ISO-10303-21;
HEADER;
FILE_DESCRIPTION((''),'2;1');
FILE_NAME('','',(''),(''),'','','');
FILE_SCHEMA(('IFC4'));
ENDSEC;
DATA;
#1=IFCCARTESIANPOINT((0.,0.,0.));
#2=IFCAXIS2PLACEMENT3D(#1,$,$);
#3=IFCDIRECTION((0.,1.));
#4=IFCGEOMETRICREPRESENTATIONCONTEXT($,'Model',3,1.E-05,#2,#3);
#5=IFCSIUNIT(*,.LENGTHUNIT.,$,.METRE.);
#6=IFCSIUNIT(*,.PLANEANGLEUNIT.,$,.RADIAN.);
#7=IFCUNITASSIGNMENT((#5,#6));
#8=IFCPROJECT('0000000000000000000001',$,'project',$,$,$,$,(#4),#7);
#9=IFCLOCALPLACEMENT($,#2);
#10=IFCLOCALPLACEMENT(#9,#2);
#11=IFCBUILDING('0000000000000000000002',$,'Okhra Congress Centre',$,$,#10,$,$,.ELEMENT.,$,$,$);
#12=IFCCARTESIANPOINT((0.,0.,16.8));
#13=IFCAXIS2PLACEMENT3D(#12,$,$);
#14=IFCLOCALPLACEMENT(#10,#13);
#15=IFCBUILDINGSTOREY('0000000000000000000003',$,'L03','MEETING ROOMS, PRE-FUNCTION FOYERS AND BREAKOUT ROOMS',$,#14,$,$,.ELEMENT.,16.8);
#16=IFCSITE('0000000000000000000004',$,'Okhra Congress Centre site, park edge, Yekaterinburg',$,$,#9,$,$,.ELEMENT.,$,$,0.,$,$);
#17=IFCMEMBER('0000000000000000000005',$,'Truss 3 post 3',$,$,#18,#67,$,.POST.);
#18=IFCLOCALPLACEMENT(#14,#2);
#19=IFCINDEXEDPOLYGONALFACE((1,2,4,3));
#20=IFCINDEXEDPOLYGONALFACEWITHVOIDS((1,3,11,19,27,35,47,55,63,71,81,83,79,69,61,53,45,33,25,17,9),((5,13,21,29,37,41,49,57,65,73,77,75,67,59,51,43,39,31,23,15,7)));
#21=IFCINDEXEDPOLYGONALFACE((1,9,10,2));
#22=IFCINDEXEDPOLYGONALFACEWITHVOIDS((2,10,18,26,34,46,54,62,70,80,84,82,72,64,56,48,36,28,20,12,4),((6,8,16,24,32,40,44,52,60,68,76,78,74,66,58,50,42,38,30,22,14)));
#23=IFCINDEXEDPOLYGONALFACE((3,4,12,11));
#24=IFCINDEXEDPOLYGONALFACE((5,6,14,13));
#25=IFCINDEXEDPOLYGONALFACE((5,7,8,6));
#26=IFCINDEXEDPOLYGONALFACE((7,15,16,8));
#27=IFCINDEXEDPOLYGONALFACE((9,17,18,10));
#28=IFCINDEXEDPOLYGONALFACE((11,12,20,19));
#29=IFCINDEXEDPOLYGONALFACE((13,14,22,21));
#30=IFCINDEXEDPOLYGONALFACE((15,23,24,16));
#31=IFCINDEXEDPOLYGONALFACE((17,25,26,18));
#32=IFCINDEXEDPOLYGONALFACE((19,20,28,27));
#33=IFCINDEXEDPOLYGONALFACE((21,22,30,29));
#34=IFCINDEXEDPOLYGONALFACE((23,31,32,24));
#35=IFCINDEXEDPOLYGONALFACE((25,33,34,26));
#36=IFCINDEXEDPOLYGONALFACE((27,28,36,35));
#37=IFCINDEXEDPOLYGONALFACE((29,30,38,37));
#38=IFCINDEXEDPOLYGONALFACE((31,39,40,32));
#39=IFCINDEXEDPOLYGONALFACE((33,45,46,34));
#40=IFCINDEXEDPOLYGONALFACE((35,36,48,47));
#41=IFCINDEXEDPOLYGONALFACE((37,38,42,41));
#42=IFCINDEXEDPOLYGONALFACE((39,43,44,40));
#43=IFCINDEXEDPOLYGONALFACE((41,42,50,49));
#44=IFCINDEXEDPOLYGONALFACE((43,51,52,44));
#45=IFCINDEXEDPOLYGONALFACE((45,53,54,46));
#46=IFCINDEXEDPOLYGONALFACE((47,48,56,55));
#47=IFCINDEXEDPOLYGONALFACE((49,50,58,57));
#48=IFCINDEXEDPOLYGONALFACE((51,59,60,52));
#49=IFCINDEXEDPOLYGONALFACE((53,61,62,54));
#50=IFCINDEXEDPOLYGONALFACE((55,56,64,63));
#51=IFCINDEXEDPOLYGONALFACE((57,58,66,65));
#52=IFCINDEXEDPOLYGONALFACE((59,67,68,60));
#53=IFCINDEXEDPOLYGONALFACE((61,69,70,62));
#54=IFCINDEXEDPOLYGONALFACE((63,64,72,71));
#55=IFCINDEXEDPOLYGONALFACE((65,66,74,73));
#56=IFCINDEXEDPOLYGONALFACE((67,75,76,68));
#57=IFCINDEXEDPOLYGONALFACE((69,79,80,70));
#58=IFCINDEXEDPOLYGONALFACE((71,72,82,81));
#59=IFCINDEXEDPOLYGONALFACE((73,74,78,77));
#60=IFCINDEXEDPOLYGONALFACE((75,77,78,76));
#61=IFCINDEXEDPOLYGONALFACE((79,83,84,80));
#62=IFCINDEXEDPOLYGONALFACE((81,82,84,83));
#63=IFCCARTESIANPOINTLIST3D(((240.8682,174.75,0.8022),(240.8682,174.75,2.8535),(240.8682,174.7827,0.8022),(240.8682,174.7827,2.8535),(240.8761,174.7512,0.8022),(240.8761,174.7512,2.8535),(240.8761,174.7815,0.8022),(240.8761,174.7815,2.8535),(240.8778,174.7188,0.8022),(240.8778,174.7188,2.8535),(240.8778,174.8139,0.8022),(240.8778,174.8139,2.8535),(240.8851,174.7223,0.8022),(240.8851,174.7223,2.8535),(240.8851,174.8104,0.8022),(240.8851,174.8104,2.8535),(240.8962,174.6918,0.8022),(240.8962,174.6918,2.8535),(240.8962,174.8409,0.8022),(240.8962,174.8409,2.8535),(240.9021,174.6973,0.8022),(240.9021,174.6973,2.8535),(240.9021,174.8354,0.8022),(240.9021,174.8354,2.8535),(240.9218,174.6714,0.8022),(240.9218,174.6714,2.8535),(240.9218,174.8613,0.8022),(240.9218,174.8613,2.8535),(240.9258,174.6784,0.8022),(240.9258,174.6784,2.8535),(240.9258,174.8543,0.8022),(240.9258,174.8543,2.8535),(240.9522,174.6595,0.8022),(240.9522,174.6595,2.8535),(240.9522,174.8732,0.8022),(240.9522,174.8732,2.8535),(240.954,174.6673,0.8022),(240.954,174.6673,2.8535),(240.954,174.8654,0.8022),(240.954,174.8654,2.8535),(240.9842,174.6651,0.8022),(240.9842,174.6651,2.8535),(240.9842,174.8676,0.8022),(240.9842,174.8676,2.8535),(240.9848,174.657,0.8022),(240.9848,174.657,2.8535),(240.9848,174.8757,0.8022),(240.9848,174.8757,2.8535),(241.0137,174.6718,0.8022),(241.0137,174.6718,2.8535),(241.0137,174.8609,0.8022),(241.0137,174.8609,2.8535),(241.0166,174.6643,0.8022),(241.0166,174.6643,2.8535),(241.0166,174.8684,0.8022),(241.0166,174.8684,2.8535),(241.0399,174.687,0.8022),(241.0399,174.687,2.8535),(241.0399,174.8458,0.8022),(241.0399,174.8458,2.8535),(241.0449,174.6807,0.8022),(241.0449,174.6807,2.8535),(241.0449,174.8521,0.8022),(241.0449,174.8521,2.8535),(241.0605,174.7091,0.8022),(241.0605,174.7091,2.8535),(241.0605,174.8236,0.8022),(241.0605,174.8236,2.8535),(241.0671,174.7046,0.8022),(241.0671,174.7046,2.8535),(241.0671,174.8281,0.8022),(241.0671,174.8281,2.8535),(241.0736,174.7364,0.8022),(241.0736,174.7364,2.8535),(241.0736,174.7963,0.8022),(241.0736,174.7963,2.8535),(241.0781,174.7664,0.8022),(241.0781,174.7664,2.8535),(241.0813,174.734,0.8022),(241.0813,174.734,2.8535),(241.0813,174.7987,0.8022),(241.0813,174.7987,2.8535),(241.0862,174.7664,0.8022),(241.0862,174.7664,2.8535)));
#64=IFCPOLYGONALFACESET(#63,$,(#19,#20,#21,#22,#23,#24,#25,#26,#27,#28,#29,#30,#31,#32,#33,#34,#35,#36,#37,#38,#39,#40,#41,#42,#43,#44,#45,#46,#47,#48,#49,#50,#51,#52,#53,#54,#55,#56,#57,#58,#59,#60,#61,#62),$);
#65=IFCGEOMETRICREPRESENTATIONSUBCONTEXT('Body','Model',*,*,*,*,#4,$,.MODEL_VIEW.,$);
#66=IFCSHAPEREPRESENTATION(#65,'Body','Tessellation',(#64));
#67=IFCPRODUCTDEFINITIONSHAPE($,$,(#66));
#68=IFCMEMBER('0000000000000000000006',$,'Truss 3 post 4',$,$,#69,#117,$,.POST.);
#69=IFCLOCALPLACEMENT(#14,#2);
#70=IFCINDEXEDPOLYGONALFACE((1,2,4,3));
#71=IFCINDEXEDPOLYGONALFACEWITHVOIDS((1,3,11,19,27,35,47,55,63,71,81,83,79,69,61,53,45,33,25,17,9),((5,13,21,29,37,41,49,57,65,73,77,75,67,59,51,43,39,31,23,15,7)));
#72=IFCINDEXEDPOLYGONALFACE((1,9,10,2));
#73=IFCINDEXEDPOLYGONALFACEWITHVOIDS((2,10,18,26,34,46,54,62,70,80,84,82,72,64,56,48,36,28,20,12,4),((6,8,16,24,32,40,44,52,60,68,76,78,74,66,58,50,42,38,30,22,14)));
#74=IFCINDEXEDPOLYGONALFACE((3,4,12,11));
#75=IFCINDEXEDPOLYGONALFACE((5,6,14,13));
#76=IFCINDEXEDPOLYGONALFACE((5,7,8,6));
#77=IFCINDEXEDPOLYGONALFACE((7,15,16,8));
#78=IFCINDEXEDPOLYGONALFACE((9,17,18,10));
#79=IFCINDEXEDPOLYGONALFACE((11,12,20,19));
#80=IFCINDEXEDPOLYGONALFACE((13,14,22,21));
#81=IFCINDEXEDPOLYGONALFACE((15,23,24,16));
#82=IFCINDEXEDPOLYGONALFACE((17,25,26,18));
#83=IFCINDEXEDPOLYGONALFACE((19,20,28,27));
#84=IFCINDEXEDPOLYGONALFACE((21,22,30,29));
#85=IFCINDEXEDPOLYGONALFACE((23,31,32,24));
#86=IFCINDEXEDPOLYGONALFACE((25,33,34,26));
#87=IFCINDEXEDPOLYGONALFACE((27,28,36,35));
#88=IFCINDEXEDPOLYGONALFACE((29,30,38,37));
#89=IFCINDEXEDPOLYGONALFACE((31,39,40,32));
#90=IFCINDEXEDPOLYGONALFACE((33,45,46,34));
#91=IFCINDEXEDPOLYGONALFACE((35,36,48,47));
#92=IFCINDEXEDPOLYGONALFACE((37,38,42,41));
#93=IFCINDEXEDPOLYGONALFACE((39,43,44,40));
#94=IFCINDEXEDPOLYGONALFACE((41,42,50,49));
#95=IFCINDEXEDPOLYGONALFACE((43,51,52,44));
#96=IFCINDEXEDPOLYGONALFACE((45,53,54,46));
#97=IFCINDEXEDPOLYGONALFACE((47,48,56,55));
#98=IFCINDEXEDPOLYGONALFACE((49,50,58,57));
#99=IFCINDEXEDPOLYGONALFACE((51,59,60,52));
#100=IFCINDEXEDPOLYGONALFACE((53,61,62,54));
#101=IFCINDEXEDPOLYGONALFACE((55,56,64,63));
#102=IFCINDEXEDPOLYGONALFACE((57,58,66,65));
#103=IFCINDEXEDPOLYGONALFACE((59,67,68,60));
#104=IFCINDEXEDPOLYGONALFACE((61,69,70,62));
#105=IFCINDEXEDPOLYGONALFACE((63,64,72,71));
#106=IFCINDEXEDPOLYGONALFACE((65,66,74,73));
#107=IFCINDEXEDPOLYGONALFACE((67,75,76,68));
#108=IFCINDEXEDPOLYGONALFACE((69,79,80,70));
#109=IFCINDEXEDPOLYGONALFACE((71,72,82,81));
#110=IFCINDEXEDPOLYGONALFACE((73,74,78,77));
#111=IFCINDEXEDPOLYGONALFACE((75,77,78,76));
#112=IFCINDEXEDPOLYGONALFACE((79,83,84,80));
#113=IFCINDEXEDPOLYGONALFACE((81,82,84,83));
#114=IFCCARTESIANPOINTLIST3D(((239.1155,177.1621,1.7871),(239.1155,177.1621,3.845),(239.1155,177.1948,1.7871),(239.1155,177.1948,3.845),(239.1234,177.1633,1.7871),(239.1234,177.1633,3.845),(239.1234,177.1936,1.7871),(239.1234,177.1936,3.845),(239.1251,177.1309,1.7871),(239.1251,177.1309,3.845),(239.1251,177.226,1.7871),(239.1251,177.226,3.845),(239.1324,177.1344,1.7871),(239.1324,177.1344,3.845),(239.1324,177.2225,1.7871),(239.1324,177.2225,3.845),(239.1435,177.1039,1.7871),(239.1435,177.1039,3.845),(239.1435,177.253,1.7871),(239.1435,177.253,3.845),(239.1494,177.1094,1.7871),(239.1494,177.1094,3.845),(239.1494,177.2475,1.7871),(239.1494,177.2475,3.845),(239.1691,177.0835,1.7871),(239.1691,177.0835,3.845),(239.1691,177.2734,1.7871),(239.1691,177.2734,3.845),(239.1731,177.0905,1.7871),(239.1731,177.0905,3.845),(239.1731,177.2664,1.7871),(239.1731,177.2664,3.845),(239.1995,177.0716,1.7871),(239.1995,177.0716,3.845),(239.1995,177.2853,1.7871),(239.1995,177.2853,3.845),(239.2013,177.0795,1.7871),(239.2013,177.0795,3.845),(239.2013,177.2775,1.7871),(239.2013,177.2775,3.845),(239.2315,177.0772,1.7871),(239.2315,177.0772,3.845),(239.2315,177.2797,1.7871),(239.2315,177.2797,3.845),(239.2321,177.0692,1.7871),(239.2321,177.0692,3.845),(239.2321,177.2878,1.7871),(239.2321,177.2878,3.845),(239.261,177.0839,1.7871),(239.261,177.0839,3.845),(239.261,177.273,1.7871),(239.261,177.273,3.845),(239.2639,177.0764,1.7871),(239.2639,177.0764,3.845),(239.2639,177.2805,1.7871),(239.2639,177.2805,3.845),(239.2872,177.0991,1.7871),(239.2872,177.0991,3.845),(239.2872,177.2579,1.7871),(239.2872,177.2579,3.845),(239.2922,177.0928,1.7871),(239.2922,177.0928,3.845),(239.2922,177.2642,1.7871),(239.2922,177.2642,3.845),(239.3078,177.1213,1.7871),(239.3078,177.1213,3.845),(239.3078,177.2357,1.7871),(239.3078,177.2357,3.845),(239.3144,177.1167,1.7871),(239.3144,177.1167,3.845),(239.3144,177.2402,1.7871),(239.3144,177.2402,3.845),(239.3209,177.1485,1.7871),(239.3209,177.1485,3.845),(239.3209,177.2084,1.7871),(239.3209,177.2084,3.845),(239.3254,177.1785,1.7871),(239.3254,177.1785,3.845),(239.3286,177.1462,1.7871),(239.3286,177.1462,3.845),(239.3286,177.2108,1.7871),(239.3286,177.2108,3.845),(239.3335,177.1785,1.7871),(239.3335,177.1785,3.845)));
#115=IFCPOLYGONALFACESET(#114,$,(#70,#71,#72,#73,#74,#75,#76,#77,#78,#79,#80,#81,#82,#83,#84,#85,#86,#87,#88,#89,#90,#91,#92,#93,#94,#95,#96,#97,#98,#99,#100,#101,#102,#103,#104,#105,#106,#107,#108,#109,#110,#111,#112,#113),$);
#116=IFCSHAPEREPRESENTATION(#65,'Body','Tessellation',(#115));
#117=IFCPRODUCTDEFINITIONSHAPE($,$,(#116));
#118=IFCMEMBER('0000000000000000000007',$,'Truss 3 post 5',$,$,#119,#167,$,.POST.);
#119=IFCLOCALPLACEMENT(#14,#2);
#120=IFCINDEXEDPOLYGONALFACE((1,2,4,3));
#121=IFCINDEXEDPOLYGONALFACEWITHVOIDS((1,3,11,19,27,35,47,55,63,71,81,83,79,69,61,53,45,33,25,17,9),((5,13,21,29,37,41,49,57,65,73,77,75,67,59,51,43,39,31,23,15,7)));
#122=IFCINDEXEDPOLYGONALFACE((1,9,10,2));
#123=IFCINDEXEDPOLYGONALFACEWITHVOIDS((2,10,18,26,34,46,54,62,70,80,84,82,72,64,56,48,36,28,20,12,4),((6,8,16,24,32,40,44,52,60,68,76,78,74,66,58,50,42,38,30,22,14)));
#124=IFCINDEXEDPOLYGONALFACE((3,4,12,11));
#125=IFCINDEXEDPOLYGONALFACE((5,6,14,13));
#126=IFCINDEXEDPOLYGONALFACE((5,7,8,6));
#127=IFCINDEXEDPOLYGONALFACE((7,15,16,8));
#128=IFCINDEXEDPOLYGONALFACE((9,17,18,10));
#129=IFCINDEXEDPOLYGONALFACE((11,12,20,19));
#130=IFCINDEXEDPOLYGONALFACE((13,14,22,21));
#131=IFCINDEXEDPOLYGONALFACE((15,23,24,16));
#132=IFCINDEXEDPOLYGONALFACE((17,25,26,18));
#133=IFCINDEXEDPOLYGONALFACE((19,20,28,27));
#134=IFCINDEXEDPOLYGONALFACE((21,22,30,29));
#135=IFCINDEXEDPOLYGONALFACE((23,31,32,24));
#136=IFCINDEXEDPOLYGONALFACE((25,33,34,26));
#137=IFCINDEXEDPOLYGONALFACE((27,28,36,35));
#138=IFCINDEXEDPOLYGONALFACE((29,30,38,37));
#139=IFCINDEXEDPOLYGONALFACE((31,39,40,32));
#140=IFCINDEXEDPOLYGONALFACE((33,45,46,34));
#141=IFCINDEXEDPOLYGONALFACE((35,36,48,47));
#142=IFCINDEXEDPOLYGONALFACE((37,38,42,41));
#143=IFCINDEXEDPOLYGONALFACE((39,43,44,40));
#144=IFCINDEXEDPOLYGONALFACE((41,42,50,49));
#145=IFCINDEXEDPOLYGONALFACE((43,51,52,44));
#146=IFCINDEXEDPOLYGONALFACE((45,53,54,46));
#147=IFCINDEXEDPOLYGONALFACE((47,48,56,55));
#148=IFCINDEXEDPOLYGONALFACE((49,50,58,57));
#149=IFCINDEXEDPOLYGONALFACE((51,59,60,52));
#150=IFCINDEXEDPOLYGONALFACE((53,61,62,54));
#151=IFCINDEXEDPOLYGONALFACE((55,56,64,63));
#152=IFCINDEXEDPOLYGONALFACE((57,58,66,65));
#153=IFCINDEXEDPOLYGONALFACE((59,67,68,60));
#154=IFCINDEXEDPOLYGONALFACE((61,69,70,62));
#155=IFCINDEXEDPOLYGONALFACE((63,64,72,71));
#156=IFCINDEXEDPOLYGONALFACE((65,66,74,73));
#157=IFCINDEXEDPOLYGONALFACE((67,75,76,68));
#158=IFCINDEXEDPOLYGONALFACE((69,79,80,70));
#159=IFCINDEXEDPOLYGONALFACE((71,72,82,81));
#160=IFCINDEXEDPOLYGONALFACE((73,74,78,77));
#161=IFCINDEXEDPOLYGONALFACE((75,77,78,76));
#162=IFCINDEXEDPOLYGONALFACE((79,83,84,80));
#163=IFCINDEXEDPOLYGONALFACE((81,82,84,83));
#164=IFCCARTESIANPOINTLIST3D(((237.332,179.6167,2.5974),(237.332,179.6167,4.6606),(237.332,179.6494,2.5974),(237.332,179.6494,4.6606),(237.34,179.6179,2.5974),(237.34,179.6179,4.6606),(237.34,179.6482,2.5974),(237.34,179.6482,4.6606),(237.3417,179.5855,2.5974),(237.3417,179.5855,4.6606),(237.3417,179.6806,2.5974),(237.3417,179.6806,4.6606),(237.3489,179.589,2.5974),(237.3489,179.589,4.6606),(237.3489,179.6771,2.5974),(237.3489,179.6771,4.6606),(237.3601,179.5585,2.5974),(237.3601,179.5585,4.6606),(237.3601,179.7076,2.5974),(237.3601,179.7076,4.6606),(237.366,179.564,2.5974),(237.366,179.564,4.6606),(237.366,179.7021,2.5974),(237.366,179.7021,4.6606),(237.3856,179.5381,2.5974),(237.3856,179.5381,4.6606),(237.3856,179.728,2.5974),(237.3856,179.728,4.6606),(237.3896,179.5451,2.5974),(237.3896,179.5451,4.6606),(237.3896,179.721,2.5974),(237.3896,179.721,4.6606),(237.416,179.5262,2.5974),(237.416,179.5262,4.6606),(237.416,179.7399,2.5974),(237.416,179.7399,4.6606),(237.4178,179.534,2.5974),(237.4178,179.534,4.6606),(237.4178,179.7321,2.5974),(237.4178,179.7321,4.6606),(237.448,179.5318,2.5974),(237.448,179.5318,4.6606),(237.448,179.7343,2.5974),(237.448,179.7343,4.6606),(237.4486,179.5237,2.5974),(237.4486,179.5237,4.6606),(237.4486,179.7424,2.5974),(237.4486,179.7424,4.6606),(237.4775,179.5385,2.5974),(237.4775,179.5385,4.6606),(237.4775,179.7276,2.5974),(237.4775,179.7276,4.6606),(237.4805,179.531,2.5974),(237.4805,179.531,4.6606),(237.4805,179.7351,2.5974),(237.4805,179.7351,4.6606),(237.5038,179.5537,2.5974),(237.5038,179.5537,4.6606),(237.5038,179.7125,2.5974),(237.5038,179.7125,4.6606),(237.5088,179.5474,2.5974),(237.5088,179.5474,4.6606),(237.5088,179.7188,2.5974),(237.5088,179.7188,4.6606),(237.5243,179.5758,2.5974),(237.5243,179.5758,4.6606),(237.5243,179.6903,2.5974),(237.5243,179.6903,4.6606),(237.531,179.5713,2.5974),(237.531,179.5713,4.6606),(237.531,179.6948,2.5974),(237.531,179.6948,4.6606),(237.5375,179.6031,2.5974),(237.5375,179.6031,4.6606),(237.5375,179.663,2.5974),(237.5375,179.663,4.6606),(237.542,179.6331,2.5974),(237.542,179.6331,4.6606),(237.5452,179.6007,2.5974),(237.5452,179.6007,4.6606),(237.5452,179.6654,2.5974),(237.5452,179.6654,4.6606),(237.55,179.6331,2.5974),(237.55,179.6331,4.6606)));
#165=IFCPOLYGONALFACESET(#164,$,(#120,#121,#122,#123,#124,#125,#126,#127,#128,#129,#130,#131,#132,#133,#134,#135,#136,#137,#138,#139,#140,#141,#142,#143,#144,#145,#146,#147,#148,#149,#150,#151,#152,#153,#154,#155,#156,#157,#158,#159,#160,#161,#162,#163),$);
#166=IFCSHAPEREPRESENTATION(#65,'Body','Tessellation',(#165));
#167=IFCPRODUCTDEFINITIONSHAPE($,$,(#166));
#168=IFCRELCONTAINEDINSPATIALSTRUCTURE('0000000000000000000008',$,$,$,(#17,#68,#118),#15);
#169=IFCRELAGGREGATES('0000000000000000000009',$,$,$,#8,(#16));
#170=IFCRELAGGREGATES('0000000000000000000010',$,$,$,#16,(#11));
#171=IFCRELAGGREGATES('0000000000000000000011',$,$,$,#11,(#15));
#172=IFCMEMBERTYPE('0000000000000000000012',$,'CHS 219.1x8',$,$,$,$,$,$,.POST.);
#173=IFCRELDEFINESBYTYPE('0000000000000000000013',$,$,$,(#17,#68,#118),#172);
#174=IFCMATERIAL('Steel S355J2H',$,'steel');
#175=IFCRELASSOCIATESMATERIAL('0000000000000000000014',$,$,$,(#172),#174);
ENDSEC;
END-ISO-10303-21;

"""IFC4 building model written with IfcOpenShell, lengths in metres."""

from ifc_helpers import new_model, si_unit, direction, frame, origin, origin_2d, place, context, subcontext, project, spatial, hollow_circle, extrude, material, material_profile, profile_set, type_object, element, save


model = new_model("IFC4")

# Units and contexts
model_context = context("Model", 3, precision=1e-05, world=origin(), true_north=direction((0.0, 1.0)))
body_context = subcontext(model_context, "Body", "Model", "MODEL_VIEW")
ifc_project = project(units=[si_unit("LENGTHUNIT", "METRE"), si_unit("PLANEANGLEUNIT", "RADIAN")], contexts=[model_context])

# Site, building, storey
site_placement = place(None, origin())
site = spatial("IfcSite", under=ifc_project, at=site_placement, Name="Okhra Congress Centre site, park edge, Yekaterinburg", CompositionType="ELEMENT", RefElevation=0.0)
building_placement = place(site_placement, origin())
building = spatial("IfcBuilding", under=site, at=building_placement, Name="Okhra Congress Centre", CompositionType="ELEMENT")
storey_placement = place(building_placement, frame((0.0, 0.0, 16.8)))
storey = spatial("IfcBuildingStorey", under=building, at=storey_placement, Name="L03", Description="MEETING ROOMS, PRE-FUNCTION FOYERS AND BREAKOUT ROOMS", CompositionType="ELEMENT", Elevation=16.8)

# Members
ifc_material_1 = material(Name="Steel S355J2H", Category="steel")
ifc_material_profile_1 = material_profile(ifc_material_1, hollow_circle(Radius=0.1096, WallThickness=0.0081, at=origin_2d()), Name="CHS 219.1x8")
ifc_profile_set_1 = profile_set([ifc_material_profile_1], Name="Steel S355J2H")
member_type_1 = type_object("IfcMemberType", Name="CHS 219.1x8", PredefinedType="POST", material=ifc_profile_set_1)
member_1_placement = place(storey_placement, frame((240.9766, 174.7664, 0.8022), z_axis=(0.0, 0.0, 1.0), x_axis=(1.0, 0.0, 0.0)))
element("IfcMember", 1, at=member_1_placement, inside=storey, type_object=member_type_1, Name="Truss 3 post 3", PredefinedType="POST", context=body_context, shape_type="SweptSolid", body=[
    extrude(hollow_circle(Radius=0.1096, WallThickness=0.0081, at=origin_2d()), origin(), (0.0, 0.0, 1.0), 2.0513),
])
member_2_placement = place(storey_placement, frame((239.2239, 177.1785, 1.7871), z_axis=(0.0, 0.0, 1.0), x_axis=(1.0, 0.0, 0.0)))
element("IfcMember", 2, at=member_2_placement, inside=storey, type_object=member_type_1, Name="Truss 3 post 4", PredefinedType="POST", context=body_context, shape_type="SweptSolid", body=[
    extrude(hollow_circle(Radius=0.1096, WallThickness=0.0081, at=origin_2d()), origin(), (0.0, 0.0, 1.0), 2.0579),
])
member_3_placement = place(storey_placement, frame((237.4404, 179.6331, 2.5974), z_axis=(0.0, 0.0, 1.0), x_axis=(1.0, 0.0, 0.0)))
element("IfcMember", 3, at=member_3_placement, inside=storey, type_object=member_type_1, Name="Truss 3 post 5", PredefinedType="POST", context=body_context, shape_type="SweptSolid", body=[
    extrude(hollow_circle(Radius=0.1096, WallThickness=0.0081, at=origin_2d()), origin(), (0.0, 0.0, 1.0), 2.0632),
])

save(model, "model.ifc")
